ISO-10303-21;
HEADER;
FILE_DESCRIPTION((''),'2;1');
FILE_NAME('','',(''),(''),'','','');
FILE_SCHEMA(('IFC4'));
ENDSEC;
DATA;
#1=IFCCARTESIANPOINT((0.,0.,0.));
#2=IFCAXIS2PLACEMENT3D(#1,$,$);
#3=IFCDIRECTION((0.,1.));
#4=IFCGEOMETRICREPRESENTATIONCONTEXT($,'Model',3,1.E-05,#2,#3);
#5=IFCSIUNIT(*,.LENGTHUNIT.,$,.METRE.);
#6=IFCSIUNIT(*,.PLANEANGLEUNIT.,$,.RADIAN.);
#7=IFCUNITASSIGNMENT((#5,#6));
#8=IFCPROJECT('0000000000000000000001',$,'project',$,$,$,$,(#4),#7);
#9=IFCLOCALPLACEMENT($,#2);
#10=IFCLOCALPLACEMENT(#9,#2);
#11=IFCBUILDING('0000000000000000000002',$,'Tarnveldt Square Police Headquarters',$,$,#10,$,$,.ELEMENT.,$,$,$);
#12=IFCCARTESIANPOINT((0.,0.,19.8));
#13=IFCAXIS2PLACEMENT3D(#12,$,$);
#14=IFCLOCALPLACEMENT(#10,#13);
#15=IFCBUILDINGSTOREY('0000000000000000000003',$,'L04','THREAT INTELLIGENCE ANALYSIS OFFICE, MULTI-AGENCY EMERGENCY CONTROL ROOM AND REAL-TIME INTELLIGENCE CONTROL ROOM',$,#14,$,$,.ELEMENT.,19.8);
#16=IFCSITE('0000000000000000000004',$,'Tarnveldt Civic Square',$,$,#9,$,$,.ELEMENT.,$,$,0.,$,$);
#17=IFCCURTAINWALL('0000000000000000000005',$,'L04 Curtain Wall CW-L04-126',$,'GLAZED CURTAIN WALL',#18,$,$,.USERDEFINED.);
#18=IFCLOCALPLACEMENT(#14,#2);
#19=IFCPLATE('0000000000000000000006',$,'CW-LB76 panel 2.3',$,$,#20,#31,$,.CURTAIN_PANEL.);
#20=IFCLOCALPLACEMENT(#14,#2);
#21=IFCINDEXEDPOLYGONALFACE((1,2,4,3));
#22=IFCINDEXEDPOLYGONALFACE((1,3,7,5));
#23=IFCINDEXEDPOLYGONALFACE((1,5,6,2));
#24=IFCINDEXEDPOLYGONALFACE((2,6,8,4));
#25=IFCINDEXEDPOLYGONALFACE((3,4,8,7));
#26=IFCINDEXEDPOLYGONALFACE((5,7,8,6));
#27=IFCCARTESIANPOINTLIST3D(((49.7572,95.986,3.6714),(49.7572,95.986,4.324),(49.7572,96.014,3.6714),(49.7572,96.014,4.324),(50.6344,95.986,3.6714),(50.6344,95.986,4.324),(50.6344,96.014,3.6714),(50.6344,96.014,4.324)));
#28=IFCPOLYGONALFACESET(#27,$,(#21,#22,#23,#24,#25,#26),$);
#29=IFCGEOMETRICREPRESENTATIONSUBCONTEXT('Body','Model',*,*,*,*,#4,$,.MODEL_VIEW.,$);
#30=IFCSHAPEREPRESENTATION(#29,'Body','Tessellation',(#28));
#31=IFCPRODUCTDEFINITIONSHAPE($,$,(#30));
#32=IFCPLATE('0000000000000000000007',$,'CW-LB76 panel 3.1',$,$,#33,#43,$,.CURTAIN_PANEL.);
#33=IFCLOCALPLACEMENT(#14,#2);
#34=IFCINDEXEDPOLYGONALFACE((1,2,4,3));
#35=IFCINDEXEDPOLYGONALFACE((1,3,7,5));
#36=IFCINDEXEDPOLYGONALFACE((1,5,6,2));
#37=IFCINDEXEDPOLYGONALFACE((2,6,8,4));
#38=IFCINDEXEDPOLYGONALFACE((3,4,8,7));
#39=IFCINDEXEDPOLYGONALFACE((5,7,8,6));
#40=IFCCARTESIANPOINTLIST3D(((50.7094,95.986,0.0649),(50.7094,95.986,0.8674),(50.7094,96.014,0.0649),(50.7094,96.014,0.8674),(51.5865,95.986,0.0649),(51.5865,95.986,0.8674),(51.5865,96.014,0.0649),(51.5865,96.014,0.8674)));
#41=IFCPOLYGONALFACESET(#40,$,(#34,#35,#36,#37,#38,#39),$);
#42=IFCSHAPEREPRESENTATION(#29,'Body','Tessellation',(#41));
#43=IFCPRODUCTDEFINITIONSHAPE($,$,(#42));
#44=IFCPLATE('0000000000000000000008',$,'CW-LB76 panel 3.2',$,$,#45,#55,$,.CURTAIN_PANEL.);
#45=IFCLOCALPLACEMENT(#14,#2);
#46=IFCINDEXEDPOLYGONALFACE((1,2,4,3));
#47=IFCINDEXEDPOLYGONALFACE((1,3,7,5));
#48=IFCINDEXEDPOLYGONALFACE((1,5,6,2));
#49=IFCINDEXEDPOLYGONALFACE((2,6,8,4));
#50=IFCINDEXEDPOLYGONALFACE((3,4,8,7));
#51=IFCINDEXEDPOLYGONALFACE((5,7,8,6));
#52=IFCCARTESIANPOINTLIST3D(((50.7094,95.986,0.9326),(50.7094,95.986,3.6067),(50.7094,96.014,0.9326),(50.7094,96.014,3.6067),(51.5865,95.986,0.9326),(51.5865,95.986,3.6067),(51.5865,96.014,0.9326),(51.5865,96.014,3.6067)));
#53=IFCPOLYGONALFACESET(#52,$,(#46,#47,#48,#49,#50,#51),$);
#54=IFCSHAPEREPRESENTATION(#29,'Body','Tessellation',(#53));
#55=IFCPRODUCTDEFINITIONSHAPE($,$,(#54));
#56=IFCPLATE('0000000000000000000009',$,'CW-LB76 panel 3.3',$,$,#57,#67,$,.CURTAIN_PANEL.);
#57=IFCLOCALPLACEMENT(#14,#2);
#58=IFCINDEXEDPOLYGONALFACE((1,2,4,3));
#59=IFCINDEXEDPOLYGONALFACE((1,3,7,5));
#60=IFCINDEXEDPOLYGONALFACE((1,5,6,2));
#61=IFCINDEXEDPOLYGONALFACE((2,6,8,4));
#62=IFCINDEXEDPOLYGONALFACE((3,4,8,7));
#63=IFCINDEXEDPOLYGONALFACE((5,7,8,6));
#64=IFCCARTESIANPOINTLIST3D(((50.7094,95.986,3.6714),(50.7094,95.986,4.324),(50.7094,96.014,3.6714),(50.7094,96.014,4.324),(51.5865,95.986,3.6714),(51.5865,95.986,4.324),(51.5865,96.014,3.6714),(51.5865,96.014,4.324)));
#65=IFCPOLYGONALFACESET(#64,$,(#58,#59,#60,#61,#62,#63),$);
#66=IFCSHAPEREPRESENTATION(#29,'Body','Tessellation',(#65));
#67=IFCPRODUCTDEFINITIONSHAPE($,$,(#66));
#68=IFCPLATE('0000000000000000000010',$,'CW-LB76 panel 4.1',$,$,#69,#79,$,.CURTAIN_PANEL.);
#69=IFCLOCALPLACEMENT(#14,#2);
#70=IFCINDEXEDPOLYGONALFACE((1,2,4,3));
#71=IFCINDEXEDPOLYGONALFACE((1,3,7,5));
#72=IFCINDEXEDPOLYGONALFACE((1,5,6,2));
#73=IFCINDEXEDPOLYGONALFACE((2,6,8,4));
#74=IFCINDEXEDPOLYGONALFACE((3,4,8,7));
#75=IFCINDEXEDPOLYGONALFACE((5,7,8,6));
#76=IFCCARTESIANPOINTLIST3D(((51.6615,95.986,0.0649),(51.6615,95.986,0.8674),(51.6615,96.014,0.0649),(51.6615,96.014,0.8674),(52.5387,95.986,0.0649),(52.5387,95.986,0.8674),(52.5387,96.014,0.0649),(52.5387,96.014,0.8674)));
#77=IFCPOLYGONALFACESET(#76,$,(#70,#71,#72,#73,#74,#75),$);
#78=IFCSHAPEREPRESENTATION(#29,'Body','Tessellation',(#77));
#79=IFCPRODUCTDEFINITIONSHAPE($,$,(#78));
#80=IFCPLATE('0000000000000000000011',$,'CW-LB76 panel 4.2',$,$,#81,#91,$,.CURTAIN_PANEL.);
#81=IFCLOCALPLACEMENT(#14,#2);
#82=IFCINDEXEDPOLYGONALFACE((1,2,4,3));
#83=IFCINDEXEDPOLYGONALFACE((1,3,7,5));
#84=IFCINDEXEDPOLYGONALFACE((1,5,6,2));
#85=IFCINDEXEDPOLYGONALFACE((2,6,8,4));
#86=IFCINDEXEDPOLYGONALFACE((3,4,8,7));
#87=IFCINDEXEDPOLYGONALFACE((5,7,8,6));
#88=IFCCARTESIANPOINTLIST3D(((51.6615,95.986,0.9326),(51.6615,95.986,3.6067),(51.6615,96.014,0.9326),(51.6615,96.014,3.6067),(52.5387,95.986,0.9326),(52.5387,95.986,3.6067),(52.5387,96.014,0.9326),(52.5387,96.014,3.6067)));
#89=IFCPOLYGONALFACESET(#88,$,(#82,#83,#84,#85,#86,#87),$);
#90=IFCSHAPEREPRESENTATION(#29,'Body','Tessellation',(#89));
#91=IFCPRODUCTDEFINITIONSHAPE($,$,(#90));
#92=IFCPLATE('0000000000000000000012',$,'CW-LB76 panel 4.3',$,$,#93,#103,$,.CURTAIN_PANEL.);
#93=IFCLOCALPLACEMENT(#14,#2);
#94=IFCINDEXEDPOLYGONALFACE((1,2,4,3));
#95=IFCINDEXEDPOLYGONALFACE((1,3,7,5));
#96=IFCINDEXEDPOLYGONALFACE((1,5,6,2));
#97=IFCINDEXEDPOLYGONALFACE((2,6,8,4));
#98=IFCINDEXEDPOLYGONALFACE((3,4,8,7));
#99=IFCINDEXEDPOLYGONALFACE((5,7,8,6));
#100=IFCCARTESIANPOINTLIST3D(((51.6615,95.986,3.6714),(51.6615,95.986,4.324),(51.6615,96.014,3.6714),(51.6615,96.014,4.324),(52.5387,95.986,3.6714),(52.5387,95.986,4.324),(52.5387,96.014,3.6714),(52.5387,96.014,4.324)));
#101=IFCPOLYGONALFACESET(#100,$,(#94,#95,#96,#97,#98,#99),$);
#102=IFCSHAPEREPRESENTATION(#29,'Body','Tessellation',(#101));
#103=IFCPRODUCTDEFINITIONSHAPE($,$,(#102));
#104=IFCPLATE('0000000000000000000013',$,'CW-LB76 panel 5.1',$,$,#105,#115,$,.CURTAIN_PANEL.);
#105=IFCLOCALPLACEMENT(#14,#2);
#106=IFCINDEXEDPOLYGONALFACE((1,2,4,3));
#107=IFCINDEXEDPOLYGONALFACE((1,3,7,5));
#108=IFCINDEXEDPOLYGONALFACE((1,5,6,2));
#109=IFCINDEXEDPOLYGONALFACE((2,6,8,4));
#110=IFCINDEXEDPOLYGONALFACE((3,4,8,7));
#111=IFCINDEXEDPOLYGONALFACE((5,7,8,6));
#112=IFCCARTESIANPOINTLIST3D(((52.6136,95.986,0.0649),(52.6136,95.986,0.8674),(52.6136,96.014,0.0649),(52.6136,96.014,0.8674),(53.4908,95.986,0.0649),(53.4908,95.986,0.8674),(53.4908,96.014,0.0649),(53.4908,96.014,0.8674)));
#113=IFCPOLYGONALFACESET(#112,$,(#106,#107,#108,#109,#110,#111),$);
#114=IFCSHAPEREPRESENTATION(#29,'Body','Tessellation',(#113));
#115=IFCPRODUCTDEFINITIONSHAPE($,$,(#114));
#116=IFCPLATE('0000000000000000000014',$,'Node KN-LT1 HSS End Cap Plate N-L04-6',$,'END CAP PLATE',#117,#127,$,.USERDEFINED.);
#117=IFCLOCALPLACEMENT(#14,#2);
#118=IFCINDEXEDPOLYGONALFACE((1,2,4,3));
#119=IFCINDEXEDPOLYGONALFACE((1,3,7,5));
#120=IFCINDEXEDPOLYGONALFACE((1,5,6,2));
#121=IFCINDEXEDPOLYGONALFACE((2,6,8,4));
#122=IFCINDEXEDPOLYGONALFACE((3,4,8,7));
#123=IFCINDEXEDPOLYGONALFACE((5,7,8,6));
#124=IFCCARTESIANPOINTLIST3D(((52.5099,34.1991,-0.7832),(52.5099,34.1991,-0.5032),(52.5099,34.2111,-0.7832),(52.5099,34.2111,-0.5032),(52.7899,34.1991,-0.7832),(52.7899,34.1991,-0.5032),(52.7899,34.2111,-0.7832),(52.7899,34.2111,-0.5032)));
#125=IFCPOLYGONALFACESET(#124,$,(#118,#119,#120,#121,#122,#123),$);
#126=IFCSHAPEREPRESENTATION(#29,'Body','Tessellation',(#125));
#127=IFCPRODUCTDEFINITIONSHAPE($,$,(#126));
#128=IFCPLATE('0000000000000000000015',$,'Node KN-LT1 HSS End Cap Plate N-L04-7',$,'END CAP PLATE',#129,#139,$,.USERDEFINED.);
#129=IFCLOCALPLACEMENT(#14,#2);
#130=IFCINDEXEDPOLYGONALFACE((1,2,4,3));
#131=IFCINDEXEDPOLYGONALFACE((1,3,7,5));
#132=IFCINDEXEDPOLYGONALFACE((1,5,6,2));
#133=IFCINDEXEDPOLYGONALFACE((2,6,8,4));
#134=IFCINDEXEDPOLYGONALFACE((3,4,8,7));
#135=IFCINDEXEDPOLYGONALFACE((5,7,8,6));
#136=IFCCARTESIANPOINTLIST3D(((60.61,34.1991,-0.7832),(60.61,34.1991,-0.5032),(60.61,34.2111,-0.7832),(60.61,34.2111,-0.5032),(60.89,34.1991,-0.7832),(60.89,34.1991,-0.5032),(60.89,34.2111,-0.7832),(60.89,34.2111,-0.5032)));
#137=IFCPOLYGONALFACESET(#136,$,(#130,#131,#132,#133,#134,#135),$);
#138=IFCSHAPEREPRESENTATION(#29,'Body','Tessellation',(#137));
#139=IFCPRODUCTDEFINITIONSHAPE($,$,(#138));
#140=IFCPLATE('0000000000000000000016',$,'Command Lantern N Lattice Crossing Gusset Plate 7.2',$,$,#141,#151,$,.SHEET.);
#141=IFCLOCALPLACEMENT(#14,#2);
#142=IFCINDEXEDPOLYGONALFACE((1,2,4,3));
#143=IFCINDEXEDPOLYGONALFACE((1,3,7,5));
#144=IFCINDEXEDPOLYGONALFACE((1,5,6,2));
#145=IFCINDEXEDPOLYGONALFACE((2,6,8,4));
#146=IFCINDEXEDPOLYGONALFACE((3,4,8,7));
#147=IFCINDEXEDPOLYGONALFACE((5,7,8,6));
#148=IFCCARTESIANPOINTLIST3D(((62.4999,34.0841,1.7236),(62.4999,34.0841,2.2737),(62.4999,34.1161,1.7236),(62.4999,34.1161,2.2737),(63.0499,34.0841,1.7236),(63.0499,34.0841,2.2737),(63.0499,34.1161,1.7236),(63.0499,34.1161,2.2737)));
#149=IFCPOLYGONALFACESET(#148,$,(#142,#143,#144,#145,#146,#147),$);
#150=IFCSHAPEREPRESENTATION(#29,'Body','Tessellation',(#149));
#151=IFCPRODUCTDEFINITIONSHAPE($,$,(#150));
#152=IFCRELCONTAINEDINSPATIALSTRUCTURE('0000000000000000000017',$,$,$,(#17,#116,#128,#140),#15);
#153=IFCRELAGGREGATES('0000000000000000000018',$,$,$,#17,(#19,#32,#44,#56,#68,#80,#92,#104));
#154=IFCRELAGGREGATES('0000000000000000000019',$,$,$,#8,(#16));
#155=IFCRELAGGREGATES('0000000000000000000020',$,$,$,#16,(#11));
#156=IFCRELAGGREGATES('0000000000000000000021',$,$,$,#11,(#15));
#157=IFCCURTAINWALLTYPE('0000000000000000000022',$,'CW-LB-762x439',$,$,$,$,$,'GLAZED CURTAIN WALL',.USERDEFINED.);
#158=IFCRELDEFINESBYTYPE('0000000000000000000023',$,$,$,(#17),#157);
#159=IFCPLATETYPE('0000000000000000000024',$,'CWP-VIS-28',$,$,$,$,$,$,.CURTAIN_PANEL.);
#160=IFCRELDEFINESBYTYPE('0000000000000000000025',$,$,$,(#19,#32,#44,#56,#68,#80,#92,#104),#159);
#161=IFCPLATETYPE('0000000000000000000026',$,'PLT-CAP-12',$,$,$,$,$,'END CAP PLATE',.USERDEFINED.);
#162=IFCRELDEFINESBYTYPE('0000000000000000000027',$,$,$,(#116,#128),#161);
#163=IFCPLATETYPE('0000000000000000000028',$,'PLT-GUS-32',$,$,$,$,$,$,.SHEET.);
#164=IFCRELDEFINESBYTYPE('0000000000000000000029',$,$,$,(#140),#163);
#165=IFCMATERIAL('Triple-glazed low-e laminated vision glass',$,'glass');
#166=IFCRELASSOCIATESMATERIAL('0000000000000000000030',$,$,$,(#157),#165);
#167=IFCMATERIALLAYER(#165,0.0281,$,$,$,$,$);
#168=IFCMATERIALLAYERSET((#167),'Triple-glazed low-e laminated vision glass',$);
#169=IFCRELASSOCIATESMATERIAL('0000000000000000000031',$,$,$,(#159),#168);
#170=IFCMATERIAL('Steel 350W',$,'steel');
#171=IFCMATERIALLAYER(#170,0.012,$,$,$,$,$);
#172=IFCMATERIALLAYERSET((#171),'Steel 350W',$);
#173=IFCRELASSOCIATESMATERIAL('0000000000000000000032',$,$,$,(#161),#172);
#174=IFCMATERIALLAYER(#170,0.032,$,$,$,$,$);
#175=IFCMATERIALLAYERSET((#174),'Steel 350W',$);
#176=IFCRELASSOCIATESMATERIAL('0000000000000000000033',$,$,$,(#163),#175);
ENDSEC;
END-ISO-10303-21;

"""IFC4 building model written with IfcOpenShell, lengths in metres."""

from ifc_helpers import new_model, si_unit, direction, frame, origin, origin_2d, place, context, subcontext, project, spatial, rectangle, extrude, material, layer, layer_set, type_object, element, aggregate, save


model = new_model("IFC4")

# Units and contexts
model_context = context("Model", 3, precision=1e-05, world=origin(), true_north=direction((0.0, 1.0)))
body_context = subcontext(model_context, "Body", "Model", "MODEL_VIEW")
ifc_project = project(units=[si_unit("LENGTHUNIT", "METRE"), si_unit("PLANEANGLEUNIT", "RADIAN")], contexts=[model_context])

# Site, building, storey
site_placement = place(None, origin())
site = spatial("IfcSite", under=ifc_project, at=site_placement, Name="Tarnveldt Civic Square", CompositionType="ELEMENT", RefElevation=0.0)
building_placement = place(site_placement, origin())
building = spatial("IfcBuilding", under=site, at=building_placement, Name="Tarnveldt Square Police Headquarters", CompositionType="ELEMENT")
storey_placement = place(building_placement, frame((0.0, 0.0, 19.8)))
storey = spatial("IfcBuildingStorey", under=building, at=storey_placement, Name="L04", Description="THREAT INTELLIGENCE ANALYSIS OFFICE, MULTI-AGENCY EMERGENCY CONTROL ROOM AND REAL-TIME INTELLIGENCE CONTROL ROOM", CompositionType="ELEMENT", Elevation=19.8)

# Curtain wall
ifc_material_1 = material(Name="Triple-glazed low-e laminated vision glass", Category="glass")
curtain_wall_type = type_object("IfcCurtainWallType", Name="CW-LB-762x439", ElementType="GLAZED CURTAIN WALL", PredefinedType="USERDEFINED", material=ifc_material_1)
curtain_wall_placement = place(storey_placement, origin())
curtain_wall = element("IfcCurtainWall", 1, at=curtain_wall_placement, inside=storey, type_object=curtain_wall_type, Name="L04 Curtain Wall CW-L04-126", ObjectType="GLAZED CURTAIN WALL", PredefinedType="USERDEFINED")

# Shared definitions
ifc_material_2 = material(Name="Steel 350W", Category="steel")

# Plates
ifc_layer_1 = layer(ifc_material_1, 0.0281)
ifc_layer_set_1 = layer_set([ifc_layer_1], Name="Triple-glazed low-e laminated vision glass")
plate_type_1 = type_object("IfcPlateType", Name="CWP-VIS-28", PredefinedType="CURTAIN_PANEL", material=ifc_layer_set_1)
plate_1_placement = place(storey_placement, frame((50.1958, 96.0, 3.6714), z_axis=(0.0, 0.0, 1.0), x_axis=(1.0, 0.0, 0.0)))
plate_1 = element("IfcPlate", 2, at=plate_1_placement, type_object=plate_type_1, Name="CW-LB76 panel 2.3", PredefinedType="CURTAIN_PANEL", context=body_context, shape_type="SweptSolid", body=[
    extrude(rectangle(XDim=0.8772, YDim=0.0281, at=origin_2d()), origin(), (0.0, 0.0, 1.0), 0.6526),
])
plate_2_placement = place(storey_placement, frame((51.1479, 96.0, 0.0649), z_axis=(0.0, 0.0, 1.0), x_axis=(1.0, 0.0, 0.0)))
plate_2 = element("IfcPlate", 3, at=plate_2_placement, type_object=plate_type_1, Name="CW-LB76 panel 3.1", PredefinedType="CURTAIN_PANEL", context=body_context, shape_type="SweptSolid", body=[
    extrude(rectangle(XDim=0.8772, YDim=0.0281, at=origin_2d()), origin(), (0.0, 0.0, 1.0), 0.8025),
])
plate_3_placement = place(storey_placement, frame((51.1479, 96.0, 0.9326), z_axis=(0.0, 0.0, 1.0), x_axis=(1.0, 0.0, 0.0)))
plate_3 = element("IfcPlate", 4, at=plate_3_placement, type_object=plate_type_1, Name="CW-LB76 panel 3.2", PredefinedType="CURTAIN_PANEL", context=body_context, shape_type="SweptSolid", body=[
    extrude(rectangle(XDim=0.8772, YDim=0.0281, at=origin_2d()), origin(), (0.0, 0.0, 1.0), 2.6741),
])
plate_4_placement = place(storey_placement, frame((51.1479, 96.0, 3.6714), z_axis=(0.0, 0.0, 1.0), x_axis=(1.0, 0.0, 0.0)))
plate_4 = element("IfcPlate", 5, at=plate_4_placement, type_object=plate_type_1, Name="CW-LB76 panel 3.3", PredefinedType="CURTAIN_PANEL", context=body_context, shape_type="SweptSolid", body=[
    extrude(rectangle(XDim=0.8772, YDim=0.0281, at=origin_2d()), origin(), (0.0, 0.0, 1.0), 0.6526),
])
plate_5_placement = place(storey_placement, frame((52.1001, 96.0, 0.0649), z_axis=(0.0, 0.0, 1.0), x_axis=(1.0, 0.0, 0.0)))
plate_5 = element("IfcPlate", 6, at=plate_5_placement, type_object=plate_type_1, Name="CW-LB76 panel 4.1", PredefinedType="CURTAIN_PANEL", context=body_context, shape_type="SweptSolid", body=[
    extrude(rectangle(XDim=0.8772, YDim=0.0281, at=origin_2d()), origin(), (0.0, 0.0, 1.0), 0.8025),
])
plate_6_placement = place(storey_placement, frame((52.1001, 96.0, 0.9326), z_axis=(0.0, 0.0, 1.0), x_axis=(1.0, 0.0, 0.0)))
plate_6 = element("IfcPlate", 7, at=plate_6_placement, type_object=plate_type_1, Name="CW-LB76 panel 4.2", PredefinedType="CURTAIN_PANEL", context=body_context, shape_type="SweptSolid", body=[
    extrude(rectangle(XDim=0.8772, YDim=0.0281, at=origin_2d()), origin(), (0.0, 0.0, 1.0), 2.6741),
])
plate_7_placement = place(storey_placement, frame((52.1001, 96.0, 3.6714), z_axis=(0.0, 0.0, 1.0), x_axis=(1.0, 0.0, 0.0)))
plate_7 = element("IfcPlate", 8, at=plate_7_placement, type_object=plate_type_1, Name="CW-LB76 panel 4.3", PredefinedType="CURTAIN_PANEL", context=body_context, shape_type="SweptSolid", body=[
    extrude(rectangle(XDim=0.8772, YDim=0.0281, at=origin_2d()), origin(), (0.0, 0.0, 1.0), 0.6526),
])
plate_8_placement = place(storey_placement, frame((53.0522, 96.0, 0.0649), z_axis=(0.0, 0.0, 1.0), x_axis=(1.0, 0.0, 0.0)))
plate_8 = element("IfcPlate", 9, at=plate_8_placement, type_object=plate_type_1, Name="CW-LB76 panel 5.1", PredefinedType="CURTAIN_PANEL", context=body_context, shape_type="SweptSolid", body=[
    extrude(rectangle(XDim=0.8772, YDim=0.0281, at=origin_2d()), origin(), (0.0, 0.0, 1.0), 0.8025),
])
aggregate(curtain_wall, [plate_1, plate_2, plate_3, plate_4, plate_5, plate_6, plate_7, plate_8])

# Plates
ifc_layer_2 = layer(ifc_material_2, 0.012)
ifc_layer_set_2 = layer_set([ifc_layer_2], Name="Steel 350W")
plate_type_2 = type_object("IfcPlateType", Name="PLT-CAP-12", ElementType="END CAP PLATE", PredefinedType="USERDEFINED", material=ifc_layer_set_2)
for number, where, z_axis, x_axis, name in (
    (10, (52.6499, 34.2051, -0.7832), (0.0, 0.0, 1.0), (1.0, 0.0, 0.0), "Node KN-LT1 HSS End Cap Plate N-L04-6"),
    (11, (60.75, 34.2051, -0.7832), (0.0, 0.0, 1.0), (1.0, 0.0, 0.0), "Node KN-LT1 HSS End Cap Plate N-L04-7"),
):
    element("IfcPlate", number, at=place(storey_placement, frame(where, z_axis=z_axis, x_axis=x_axis)), inside=storey, type_object=plate_type_2, Name=name, ObjectType="END CAP PLATE", PredefinedType="USERDEFINED", context=body_context, shape_type="SweptSolid", body=[
        extrude(rectangle(XDim=0.28, YDim=0.012, at=origin_2d()), origin(), (0.0, 0.0, 1.0), 0.28),
    ])
ifc_layer_3 = layer(ifc_material_2, 0.032)
ifc_layer_set_3 = layer_set([ifc_layer_3], Name="Steel 350W")
plate_type_3 = type_object("IfcPlateType", Name="PLT-GUS-32", PredefinedType="SHEET", material=ifc_layer_set_3)
plate_9_placement = place(storey_placement, frame((62.7749, 34.1001, 1.7236), z_axis=(0.0, 0.0, 1.0), x_axis=(1.0, 0.0, 0.0)))
element("IfcPlate", 12, at=plate_9_placement, inside=storey, type_object=plate_type_3, Name="Command Lantern N Lattice Crossing Gusset Plate 7.2", PredefinedType="SHEET", context=body_context, shape_type="SweptSolid", body=[
    extrude(rectangle(XDim=0.55, YDim=0.032, at=origin_2d()), origin(), (0.0, 0.0, 1.0), 0.55),
])

save(model, "model.ifc")
